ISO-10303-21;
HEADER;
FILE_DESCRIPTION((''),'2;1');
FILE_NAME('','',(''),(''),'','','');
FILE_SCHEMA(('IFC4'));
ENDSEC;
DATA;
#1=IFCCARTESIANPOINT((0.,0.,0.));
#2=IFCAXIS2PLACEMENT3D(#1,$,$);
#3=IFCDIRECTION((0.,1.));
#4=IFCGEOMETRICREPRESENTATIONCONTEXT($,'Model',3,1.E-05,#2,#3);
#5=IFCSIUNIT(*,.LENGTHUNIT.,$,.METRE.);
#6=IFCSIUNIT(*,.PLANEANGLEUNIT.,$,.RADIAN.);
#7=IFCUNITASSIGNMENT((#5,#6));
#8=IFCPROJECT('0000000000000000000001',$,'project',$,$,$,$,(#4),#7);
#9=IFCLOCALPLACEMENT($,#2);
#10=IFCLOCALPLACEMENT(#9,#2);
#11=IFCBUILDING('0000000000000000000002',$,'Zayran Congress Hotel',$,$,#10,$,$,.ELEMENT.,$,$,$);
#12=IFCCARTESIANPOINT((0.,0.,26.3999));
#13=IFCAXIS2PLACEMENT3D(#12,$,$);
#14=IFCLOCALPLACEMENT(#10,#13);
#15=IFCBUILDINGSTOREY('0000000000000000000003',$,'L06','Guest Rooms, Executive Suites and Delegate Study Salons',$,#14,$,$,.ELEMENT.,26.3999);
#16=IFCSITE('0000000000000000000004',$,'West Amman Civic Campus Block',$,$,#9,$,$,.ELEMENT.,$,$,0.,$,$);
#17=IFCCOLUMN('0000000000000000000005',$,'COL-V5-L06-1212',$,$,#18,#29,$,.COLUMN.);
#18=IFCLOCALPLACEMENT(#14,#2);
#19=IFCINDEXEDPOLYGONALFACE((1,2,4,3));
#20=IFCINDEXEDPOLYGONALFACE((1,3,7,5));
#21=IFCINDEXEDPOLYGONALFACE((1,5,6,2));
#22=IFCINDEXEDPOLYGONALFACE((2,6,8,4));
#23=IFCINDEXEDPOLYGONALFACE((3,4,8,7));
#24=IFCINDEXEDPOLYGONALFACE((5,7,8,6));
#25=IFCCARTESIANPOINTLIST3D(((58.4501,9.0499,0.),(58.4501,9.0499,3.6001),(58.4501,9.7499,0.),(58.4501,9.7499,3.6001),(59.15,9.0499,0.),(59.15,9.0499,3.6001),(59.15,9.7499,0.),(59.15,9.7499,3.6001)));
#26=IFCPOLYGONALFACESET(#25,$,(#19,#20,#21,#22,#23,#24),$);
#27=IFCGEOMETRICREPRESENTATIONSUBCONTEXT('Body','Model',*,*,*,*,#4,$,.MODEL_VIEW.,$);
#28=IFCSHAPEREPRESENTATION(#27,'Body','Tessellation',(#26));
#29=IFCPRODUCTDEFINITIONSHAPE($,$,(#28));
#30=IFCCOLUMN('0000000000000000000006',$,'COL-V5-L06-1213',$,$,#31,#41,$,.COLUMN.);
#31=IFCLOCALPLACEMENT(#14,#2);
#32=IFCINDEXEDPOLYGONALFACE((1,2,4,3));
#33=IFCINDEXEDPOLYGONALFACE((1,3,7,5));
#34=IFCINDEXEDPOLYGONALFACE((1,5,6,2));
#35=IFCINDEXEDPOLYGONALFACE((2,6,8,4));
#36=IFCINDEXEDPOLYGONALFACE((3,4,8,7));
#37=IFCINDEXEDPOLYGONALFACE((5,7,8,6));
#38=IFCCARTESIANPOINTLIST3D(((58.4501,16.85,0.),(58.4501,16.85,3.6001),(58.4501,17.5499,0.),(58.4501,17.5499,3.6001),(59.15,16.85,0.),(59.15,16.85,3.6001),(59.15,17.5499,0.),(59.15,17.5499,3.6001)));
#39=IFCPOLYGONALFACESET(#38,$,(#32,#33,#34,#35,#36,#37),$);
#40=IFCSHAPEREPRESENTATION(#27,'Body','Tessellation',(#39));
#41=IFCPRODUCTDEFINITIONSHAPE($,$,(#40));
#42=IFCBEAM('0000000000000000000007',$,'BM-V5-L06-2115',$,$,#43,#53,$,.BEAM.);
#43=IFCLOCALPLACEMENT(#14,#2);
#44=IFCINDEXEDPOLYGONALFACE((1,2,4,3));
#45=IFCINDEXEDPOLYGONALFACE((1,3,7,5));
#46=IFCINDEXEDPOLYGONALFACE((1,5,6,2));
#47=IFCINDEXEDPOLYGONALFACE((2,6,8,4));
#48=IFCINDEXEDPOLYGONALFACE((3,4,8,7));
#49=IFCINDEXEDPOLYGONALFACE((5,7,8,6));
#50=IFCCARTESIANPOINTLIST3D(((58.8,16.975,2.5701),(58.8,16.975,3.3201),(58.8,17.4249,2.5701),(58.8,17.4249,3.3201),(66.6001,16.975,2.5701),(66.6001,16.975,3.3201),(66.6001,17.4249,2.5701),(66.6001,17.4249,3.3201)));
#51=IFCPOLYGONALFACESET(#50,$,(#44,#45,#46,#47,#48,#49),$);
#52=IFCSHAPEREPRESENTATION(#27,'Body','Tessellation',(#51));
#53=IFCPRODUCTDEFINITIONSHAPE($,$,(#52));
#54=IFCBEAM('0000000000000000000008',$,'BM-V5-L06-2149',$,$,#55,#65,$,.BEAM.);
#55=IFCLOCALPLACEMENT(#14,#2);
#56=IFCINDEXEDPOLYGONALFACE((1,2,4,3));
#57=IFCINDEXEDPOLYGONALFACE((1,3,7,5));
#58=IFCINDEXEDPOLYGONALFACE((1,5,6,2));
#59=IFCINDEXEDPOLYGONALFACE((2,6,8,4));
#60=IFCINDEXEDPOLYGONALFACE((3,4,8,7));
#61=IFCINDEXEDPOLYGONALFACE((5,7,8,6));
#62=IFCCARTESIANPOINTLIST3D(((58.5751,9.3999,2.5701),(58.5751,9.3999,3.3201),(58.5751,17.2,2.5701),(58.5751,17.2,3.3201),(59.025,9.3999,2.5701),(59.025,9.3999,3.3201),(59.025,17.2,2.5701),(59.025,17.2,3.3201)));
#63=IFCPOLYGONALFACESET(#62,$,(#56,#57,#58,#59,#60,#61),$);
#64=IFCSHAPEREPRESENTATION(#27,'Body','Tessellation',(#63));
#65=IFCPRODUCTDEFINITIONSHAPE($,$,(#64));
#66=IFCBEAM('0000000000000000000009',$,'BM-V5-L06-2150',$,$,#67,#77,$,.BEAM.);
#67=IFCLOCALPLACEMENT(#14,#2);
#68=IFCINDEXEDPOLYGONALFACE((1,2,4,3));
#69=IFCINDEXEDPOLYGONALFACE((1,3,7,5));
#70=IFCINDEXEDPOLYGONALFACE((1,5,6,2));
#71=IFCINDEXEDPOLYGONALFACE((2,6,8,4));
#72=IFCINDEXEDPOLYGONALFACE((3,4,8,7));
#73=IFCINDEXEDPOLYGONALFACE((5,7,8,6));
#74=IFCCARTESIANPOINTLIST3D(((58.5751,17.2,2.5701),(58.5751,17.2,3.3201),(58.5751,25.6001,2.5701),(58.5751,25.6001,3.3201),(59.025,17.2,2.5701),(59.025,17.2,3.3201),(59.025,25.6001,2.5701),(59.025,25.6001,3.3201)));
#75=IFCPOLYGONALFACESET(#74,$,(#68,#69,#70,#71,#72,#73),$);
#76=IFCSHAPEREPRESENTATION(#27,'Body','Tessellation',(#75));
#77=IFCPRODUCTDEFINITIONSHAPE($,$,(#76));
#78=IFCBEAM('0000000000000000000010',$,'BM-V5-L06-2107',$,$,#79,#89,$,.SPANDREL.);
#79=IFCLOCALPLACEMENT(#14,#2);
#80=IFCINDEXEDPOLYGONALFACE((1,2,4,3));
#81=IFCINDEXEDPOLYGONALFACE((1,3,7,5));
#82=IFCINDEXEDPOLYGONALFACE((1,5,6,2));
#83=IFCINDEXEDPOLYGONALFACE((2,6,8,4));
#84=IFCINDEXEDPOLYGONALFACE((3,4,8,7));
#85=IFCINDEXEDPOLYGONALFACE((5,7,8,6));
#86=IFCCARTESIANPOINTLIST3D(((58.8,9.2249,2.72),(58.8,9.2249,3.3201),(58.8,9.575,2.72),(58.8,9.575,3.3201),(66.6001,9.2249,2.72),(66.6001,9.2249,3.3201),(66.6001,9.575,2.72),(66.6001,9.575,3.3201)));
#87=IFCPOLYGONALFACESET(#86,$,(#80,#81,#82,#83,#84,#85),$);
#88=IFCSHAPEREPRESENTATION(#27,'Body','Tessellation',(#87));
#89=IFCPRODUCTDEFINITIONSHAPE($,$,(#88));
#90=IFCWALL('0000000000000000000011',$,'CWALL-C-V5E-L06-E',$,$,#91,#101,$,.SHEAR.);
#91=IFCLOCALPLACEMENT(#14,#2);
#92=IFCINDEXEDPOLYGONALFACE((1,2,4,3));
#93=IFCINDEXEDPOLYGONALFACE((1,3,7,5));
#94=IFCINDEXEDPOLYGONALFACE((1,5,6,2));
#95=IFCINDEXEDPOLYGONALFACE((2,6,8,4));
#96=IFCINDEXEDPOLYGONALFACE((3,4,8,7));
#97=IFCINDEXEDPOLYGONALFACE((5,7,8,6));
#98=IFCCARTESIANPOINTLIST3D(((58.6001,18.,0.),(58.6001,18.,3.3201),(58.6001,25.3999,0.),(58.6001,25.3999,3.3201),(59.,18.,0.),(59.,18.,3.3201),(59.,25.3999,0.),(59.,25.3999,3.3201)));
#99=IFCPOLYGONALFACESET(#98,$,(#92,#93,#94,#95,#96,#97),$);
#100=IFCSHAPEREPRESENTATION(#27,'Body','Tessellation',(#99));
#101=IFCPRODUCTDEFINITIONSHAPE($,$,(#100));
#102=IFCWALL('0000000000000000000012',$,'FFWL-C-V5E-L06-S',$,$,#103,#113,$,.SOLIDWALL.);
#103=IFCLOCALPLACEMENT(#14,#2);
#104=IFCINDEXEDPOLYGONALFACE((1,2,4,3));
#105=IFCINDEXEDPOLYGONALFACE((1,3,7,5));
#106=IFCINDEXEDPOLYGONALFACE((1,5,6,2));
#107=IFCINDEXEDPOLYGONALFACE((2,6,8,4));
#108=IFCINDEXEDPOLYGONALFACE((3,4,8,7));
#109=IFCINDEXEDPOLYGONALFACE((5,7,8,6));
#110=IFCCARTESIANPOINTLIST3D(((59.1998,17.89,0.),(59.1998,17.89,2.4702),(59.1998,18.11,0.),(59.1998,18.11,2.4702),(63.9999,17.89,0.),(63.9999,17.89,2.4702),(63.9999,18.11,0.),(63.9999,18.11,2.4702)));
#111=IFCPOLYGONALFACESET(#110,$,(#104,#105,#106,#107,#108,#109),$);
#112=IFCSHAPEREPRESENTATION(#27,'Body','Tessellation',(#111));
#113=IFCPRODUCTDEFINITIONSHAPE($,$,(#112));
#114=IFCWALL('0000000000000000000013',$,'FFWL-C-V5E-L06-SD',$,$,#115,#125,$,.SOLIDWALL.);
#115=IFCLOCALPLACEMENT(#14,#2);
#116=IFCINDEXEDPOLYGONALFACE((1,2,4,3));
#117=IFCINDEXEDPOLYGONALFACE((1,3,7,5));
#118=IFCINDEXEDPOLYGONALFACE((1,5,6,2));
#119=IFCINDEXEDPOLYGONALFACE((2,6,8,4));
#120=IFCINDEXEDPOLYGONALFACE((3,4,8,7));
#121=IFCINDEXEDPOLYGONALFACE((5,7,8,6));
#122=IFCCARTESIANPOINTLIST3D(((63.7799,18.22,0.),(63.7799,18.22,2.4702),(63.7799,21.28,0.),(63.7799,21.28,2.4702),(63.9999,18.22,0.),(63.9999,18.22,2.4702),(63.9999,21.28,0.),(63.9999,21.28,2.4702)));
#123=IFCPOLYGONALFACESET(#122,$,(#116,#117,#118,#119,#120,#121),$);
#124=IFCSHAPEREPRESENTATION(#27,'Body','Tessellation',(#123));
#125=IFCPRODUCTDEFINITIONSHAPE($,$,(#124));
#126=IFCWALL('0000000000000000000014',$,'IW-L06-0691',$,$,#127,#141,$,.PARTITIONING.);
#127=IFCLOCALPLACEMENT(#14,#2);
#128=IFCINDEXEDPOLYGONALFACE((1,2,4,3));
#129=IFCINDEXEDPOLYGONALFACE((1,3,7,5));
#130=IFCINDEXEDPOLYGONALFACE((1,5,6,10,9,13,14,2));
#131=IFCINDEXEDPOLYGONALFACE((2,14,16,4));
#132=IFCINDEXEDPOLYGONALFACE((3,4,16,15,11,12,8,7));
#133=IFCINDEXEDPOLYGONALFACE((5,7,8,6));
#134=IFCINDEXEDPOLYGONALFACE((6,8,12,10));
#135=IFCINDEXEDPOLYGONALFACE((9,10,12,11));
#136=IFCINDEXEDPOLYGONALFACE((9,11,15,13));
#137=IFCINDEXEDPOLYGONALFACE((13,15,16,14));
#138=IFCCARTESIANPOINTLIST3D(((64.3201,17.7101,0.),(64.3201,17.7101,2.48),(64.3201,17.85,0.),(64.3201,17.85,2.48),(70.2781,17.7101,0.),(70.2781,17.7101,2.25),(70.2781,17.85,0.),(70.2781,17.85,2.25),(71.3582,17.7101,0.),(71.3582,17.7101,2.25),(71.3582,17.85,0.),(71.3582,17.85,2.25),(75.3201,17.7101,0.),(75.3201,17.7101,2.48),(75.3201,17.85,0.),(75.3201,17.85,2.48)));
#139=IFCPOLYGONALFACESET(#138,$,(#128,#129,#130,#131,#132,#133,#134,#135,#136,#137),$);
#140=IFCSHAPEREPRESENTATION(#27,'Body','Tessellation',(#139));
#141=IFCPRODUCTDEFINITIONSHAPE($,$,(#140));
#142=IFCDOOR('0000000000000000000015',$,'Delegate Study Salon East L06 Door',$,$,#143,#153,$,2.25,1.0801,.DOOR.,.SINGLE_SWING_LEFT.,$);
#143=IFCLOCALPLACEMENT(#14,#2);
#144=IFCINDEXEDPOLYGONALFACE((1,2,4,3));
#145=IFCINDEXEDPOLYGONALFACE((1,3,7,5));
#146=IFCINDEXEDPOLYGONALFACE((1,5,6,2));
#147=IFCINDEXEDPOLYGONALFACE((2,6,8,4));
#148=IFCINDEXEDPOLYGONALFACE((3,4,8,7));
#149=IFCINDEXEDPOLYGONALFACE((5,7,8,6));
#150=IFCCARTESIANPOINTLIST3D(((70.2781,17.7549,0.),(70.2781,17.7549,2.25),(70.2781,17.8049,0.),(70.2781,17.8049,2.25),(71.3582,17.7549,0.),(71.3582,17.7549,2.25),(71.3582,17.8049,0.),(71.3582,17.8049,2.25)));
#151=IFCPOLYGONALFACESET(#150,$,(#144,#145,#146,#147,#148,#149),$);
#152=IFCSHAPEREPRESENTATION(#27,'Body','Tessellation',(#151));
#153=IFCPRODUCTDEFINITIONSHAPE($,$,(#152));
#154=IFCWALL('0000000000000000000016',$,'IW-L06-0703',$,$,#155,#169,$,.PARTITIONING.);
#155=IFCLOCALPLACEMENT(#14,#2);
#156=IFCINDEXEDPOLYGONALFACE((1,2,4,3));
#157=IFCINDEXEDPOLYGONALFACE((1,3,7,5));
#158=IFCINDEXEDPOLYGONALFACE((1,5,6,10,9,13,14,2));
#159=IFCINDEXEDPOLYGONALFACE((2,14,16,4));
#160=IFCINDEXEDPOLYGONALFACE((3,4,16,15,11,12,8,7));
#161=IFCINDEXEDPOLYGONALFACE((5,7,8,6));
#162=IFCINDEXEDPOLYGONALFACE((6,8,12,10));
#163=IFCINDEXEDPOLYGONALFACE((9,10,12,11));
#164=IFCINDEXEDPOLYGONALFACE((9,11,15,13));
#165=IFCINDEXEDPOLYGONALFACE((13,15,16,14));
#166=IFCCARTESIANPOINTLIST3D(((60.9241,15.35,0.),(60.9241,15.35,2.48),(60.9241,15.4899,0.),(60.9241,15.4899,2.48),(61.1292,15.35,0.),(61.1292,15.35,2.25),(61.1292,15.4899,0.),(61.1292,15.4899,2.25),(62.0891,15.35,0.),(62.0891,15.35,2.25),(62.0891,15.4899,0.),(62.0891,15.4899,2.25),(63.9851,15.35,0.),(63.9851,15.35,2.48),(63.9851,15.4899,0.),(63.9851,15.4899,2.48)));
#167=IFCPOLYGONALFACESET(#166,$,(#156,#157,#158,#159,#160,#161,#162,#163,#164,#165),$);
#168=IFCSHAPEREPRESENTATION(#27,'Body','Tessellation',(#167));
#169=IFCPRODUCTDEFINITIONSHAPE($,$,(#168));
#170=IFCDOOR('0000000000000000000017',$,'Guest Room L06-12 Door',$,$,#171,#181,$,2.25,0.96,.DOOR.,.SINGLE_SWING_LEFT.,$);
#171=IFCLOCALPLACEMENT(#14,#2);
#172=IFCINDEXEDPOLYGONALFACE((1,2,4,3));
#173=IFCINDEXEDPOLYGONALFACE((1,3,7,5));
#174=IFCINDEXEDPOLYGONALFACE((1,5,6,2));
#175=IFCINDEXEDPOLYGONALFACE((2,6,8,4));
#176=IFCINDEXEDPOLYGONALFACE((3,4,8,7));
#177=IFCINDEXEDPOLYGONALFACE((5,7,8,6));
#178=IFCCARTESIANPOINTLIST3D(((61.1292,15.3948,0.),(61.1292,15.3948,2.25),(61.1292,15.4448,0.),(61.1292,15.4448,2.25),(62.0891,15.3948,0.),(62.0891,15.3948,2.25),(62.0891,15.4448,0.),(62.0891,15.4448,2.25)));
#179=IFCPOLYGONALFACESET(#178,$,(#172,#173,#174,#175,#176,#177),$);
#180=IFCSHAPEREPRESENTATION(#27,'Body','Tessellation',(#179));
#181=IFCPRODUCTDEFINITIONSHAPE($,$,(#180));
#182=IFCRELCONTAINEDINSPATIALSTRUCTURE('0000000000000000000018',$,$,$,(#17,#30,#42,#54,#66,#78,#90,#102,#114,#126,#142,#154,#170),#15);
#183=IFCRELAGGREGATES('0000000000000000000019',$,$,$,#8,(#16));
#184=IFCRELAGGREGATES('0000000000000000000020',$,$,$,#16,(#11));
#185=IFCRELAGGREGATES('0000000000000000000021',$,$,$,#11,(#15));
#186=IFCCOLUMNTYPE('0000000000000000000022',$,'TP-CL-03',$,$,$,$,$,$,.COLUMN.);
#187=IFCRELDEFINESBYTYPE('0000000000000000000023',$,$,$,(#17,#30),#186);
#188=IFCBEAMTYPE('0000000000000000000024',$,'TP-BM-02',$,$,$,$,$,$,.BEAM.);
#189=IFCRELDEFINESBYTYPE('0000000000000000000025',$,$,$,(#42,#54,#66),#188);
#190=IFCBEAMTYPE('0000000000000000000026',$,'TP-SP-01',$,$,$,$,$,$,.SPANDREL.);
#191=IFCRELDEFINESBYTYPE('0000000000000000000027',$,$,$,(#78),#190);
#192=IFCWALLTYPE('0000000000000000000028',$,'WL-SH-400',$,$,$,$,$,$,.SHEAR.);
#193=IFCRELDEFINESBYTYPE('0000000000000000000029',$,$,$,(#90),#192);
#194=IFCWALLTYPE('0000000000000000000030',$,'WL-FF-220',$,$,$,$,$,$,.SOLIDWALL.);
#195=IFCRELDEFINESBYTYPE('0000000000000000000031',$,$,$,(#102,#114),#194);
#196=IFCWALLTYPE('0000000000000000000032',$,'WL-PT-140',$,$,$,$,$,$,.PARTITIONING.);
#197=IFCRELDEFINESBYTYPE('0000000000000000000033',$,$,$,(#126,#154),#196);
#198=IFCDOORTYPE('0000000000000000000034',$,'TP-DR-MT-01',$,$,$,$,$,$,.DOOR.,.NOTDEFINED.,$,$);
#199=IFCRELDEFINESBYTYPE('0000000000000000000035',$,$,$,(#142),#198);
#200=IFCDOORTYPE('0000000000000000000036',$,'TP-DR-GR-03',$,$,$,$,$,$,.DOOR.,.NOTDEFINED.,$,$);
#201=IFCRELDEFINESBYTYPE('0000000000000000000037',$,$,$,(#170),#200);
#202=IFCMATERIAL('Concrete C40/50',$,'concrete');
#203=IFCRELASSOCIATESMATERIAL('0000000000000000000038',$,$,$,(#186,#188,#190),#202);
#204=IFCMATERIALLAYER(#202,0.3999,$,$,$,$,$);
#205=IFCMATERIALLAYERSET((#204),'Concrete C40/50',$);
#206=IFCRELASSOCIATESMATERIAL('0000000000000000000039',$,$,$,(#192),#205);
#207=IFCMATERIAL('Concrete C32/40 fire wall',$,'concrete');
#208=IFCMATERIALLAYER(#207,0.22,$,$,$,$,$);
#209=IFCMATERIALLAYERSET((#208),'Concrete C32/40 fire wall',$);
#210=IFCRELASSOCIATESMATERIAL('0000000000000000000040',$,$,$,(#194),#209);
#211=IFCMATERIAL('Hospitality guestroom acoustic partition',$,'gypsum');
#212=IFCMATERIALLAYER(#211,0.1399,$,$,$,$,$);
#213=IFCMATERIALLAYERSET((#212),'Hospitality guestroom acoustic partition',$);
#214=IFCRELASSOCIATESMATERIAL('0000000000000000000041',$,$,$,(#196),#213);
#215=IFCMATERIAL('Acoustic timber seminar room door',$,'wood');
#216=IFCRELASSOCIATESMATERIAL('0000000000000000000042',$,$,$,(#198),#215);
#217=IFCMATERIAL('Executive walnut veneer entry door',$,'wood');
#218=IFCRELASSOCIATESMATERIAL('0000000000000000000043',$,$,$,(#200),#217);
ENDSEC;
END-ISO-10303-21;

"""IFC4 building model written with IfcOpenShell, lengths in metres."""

from ifc_helpers import new_model, si_unit, direction, frame, frame_2d, origin, origin_2d, place, context, subcontext, project, spatial, rectangle, extrude, material, layer, layer_set, material_profile, profile_set, type_object, element, fill, save


model = new_model("IFC4")

# Units and contexts
model_context = context("Model", 3, precision=1e-05, world=origin(), true_north=direction((0.0, 1.0)))
body_context = subcontext(model_context, "Body", "Model", "MODEL_VIEW")
ifc_project = project(units=[si_unit("LENGTHUNIT", "METRE"), si_unit("PLANEANGLEUNIT", "RADIAN")], contexts=[model_context])

# Site, building, storey
site_placement = place(None, origin())
site = spatial("IfcSite", under=ifc_project, at=site_placement, Name="West Amman Civic Campus Block", CompositionType="ELEMENT", RefElevation=0.0)
building_placement = place(site_placement, origin())
building = spatial("IfcBuilding", under=site, at=building_placement, Name="Zayran Congress Hotel", CompositionType="ELEMENT")
storey_placement = place(building_placement, frame((0.0, 0.0, 26.3999)))
storey = spatial("IfcBuildingStorey", under=building, at=storey_placement, Name="L06", Description="Guest Rooms, Executive Suites and Delegate Study Salons", CompositionType="ELEMENT", Elevation=26.3999)

# Columns
ifc_material_1 = material(Name="Concrete C40/50", Category="concrete")
ifc_material_profile_1 = material_profile(ifc_material_1, rectangle(XDim=0.7, YDim=0.7, at=origin_2d()), Name="RC 700x700")
ifc_profile_set_1 = profile_set([ifc_material_profile_1], Name="Concrete C40/50")
column_type = type_object("IfcColumnType", Name="TP-CL-03", PredefinedType="COLUMN", material=ifc_profile_set_1)
for number, where, z_axis, x_axis, name in (
    (1, (58.8, 9.3999, 0.0), (0.0, 0.0, 1.0), (1.0, 0.0, 0.0), "COL-V5-L06-1212"),
    (2, (58.8, 17.2, 0.0), (0.0, 0.0, 1.0), (1.0, 0.0, 0.0), "COL-V5-L06-1213"),
):
    element("IfcColumn", number, at=place(storey_placement, frame(where, z_axis=z_axis, x_axis=x_axis)), inside=storey, type_object=column_type, Name=name, PredefinedType="COLUMN", context=body_context, shape_type="SweptSolid", body=[
        extrude(rectangle(XDim=0.7, YDim=0.7, at=origin_2d()), origin(), (0.0, 0.0, 1.0), 3.6001),
    ])

# Beams
ifc_material_profile_2 = material_profile(ifc_material_1, rectangle(XDim=0.45, YDim=0.75, at=origin_2d()), Name="RC 450x750")
ifc_profile_set_2 = profile_set([ifc_material_profile_2], Name="Concrete C40/50")
beam_type_1 = type_object("IfcBeamType", Name="TP-BM-02", PredefinedType="BEAM", material=ifc_profile_set_2)
for number, where, z_axis, x_axis, name in (
    (3, (58.8, 17.2, 2.9451), (1.0, 0.0, 0.0), (0.0, 1.0, 0.0), "BM-V5-L06-2115"),
    (4, (58.8, 9.3999, 2.9451), (0.0, 1.0, 0.0), (-1.0, 0.0, 0.0), "BM-V5-L06-2149"),
):
    element("IfcBeam", number, at=place(storey_placement, frame(where, z_axis=z_axis, x_axis=x_axis)), inside=storey, type_object=beam_type_1, Name=name, PredefinedType="BEAM", context=body_context, shape_type="SweptSolid", body=[
        extrude(rectangle(XDim=0.45, YDim=0.75, at=origin_2d()), origin(), (0.0, 0.0, 1.0), 7.8),
    ])
beam_1_placement = place(storey_placement, frame((58.8, 17.2, 2.9451), z_axis=(0.0, 1.0, 0.0), x_axis=(-1.0, 0.0, 0.0)))
element("IfcBeam", 5, at=beam_1_placement, inside=storey, type_object=beam_type_1, Name="BM-V5-L06-2150", PredefinedType="BEAM", context=body_context, shape_type="SweptSolid", body=[
    extrude(rectangle(XDim=0.45, YDim=0.75, at=origin_2d()), origin(), (0.0, 0.0, 1.0), 8.4001),
])
ifc_material_profile_3 = material_profile(ifc_material_1, rectangle(XDim=0.3501, YDim=0.6001, at=origin_2d()), Name="RC 350x600")
ifc_profile_set_3 = profile_set([ifc_material_profile_3], Name="Concrete C40/50")
beam_type_2 = type_object("IfcBeamType", Name="TP-SP-01", PredefinedType="SPANDREL", material=ifc_profile_set_3)
beam_2_placement = place(storey_placement, frame((58.8, 9.3999, 3.02), z_axis=(1.0, 0.0, 0.0), x_axis=(0.0, 1.0, 0.0)))
element("IfcBeam", 6, at=beam_2_placement, inside=storey, type_object=beam_type_2, Name="BM-V5-L06-2107", PredefinedType="SPANDREL", context=body_context, shape_type="SweptSolid", body=[
    extrude(rectangle(XDim=0.3501, YDim=0.6001, at=origin_2d()), origin(), (0.0, 0.0, 1.0), 7.8),
])

# Walls
ifc_layer_1 = layer(ifc_material_1, 0.3999)
ifc_layer_set_1 = layer_set([ifc_layer_1], Name="Concrete C40/50")
wall_type_1 = type_object("IfcWallType", Name="WL-SH-400", PredefinedType="SHEAR", material=ifc_layer_set_1)
wall_1_placement = place(storey_placement, frame((58.8, 18.0, 0.0), z_axis=(0.0, 0.0, 1.0), x_axis=(0.0, 1.0, 0.0)))
element("IfcWall", 7, at=wall_1_placement, inside=storey, type_object=wall_type_1, Name="CWALL-C-V5E-L06-E", PredefinedType="SHEAR", context=body_context, shape_type="SweptSolid", body=[
    extrude(rectangle(XDim=7.3999, YDim=0.3999, at=frame_2d((3.7, 0.0))), origin(), (0.0, 0.0, 1.0), 3.3201),
])
ifc_material_2 = material(Name="Concrete C32/40 fire wall", Category="concrete")
ifc_layer_2 = layer(ifc_material_2, 0.22)
ifc_layer_set_2 = layer_set([ifc_layer_2], Name="Concrete C32/40 fire wall")
wall_type_2 = type_object("IfcWallType", Name="WL-FF-220", PredefinedType="SOLIDWALL", material=ifc_layer_set_2)
wall_2_placement = place(storey_placement, frame((59.2, 18.0, 0.0), z_axis=(0.0, 0.0, 1.0), x_axis=(1.0, 0.0, 0.0)))
element("IfcWall", 8, at=wall_2_placement, inside=storey, type_object=wall_type_2, Name="FFWL-C-V5E-L06-S", PredefinedType="SOLIDWALL", context=body_context, shape_type="SweptSolid", body=[
    extrude(rectangle(XDim=4.8, YDim=0.22, at=frame_2d((2.3999, 0.0))), origin(), (0.0, 0.0, 1.0), 2.4702),
])
wall_3_placement = place(storey_placement, frame((63.8899, 18.22, 0.0), z_axis=(0.0, 0.0, 1.0), x_axis=(0.0, 1.0, 0.0)))
element("IfcWall", 9, at=wall_3_placement, inside=storey, type_object=wall_type_2, Name="FFWL-C-V5E-L06-SD", PredefinedType="SOLIDWALL", context=body_context, shape_type="SweptSolid", body=[
    extrude(rectangle(XDim=3.0601, YDim=0.22, at=frame_2d((1.53, 0.0))), origin(), (0.0, 0.0, 1.0), 2.4702),
])

# Walls, openings, doors
ifc_material_3 = material(Name="Hospitality guestroom acoustic partition", Category="gypsum")
ifc_layer_3 = layer(ifc_material_3, 0.1399)
ifc_layer_set_3 = layer_set([ifc_layer_3], Name="Hospitality guestroom acoustic partition")
wall_type_3 = type_object("IfcWallType", Name="WL-PT-140", PredefinedType="PARTITIONING", material=ifc_layer_set_3)
wall_4_placement = place(storey_placement, frame((64.3201, 17.78, 0.0), z_axis=(0.0, 0.0, 1.0), x_axis=(1.0, 0.0, 0.0)))
wall_4 = element("IfcWall", 10, at=wall_4_placement, inside=storey, type_object=wall_type_3, Name="IW-L06-0691", PredefinedType="PARTITIONING", context=body_context, shape_type="SweptSolid", body=[
    extrude(rectangle(XDim=11.0, YDim=0.1399, at=frame_2d((5.5, 0.0))), origin(), (0.0, 0.0, 1.0), 2.48),
])
opening_1_placement = place(wall_4_placement, frame((5.958, 0.0, 0.0)))
opening_1 = element("IfcOpeningElement", 11, at=opening_1_placement, cuts=wall_4, PredefinedType="OPENING", context=body_context, shape_type="SweptSolid", body=[
    extrude(rectangle(XDim=1.0801, YDim=2.25, at=frame_2d((0.54, 1.125))), frame((0.0, 0.0798, 0.0), z_axis=(0.0, -1.0, 0.0), x_axis=(1.0, 0.0, 0.0)), (0.0, 0.0, 1.0), 0.1599),
])
ifc_material_4 = material(Name="Acoustic timber seminar room door", Category="wood")
door_type_1 = type_object("IfcDoorType", Name="TP-DR-MT-01", OperationType="NOTDEFINED", PredefinedType="DOOR", material=ifc_material_4)
door_1_placement = place(opening_1_placement, origin())
door_1 = element("IfcDoor", 12, at=door_1_placement, inside=storey, type_object=door_type_1, Name="Delegate Study Salon East L06 Door", OperationType="SINGLE_SWING_LEFT", OverallHeight=2.25, OverallWidth=1.0801, PredefinedType="DOOR", context=body_context, shape_type="SweptSolid", body=[
    extrude(rectangle(XDim=1.0801, YDim=2.25, at=frame_2d((0.54, 1.125))), frame((0.0, 0.0249, 0.0), z_axis=(0.0, -1.0, 0.0), x_axis=(1.0, 0.0, 0.0)), (0.0, 0.0, 1.0), 0.05),
])
fill(opening_1, door_1)
wall_5_placement = place(storey_placement, frame((60.9241, 15.4199, 0.0), z_axis=(0.0, 0.0, 1.0), x_axis=(1.0, 0.0, 0.0)))
wall_5 = element("IfcWall", 13, at=wall_5_placement, inside=storey, type_object=wall_type_3, Name="IW-L06-0703", PredefinedType="PARTITIONING", context=body_context, shape_type="SweptSolid", body=[
    extrude(rectangle(XDim=3.061, YDim=0.1399, at=frame_2d((1.5305, 0.0))), origin(), (0.0, 0.0, 1.0), 2.48),
])
opening_2_placement = place(wall_5_placement, frame((0.2051, 0.0, 0.0)))
opening_2 = element("IfcOpeningElement", 14, at=opening_2_placement, cuts=wall_5, PredefinedType="OPENING", context=body_context, shape_type="SweptSolid", body=[
    extrude(rectangle(XDim=0.96, YDim=2.25, at=frame_2d((0.48, 1.125))), frame((0.0, 0.0798, 0.0), z_axis=(0.0, -1.0, 0.0), x_axis=(1.0, 0.0, 0.0)), (0.0, 0.0, 1.0), 0.1599),
])
ifc_material_5 = material(Name="Executive walnut veneer entry door", Category="wood")
door_type_2 = type_object("IfcDoorType", Name="TP-DR-GR-03", OperationType="NOTDEFINED", PredefinedType="DOOR", material=ifc_material_5)
door_2_placement = place(opening_2_placement, origin())
door_2 = element("IfcDoor", 15, at=door_2_placement, inside=storey, type_object=door_type_2, Name="Guest Room L06-12 Door", OperationType="SINGLE_SWING_LEFT", OverallHeight=2.25, OverallWidth=0.96, PredefinedType="DOOR", context=body_context, shape_type="SweptSolid", body=[
    extrude(rectangle(XDim=0.96, YDim=2.25, at=frame_2d((0.48, 1.125))), frame((0.0, 0.0249, 0.0), z_axis=(0.0, -1.0, 0.0), x_axis=(1.0, 0.0, 0.0)), (0.0, 0.0, 1.0), 0.05),
])
fill(opening_2, door_2)

save(model, "model.ifc")
